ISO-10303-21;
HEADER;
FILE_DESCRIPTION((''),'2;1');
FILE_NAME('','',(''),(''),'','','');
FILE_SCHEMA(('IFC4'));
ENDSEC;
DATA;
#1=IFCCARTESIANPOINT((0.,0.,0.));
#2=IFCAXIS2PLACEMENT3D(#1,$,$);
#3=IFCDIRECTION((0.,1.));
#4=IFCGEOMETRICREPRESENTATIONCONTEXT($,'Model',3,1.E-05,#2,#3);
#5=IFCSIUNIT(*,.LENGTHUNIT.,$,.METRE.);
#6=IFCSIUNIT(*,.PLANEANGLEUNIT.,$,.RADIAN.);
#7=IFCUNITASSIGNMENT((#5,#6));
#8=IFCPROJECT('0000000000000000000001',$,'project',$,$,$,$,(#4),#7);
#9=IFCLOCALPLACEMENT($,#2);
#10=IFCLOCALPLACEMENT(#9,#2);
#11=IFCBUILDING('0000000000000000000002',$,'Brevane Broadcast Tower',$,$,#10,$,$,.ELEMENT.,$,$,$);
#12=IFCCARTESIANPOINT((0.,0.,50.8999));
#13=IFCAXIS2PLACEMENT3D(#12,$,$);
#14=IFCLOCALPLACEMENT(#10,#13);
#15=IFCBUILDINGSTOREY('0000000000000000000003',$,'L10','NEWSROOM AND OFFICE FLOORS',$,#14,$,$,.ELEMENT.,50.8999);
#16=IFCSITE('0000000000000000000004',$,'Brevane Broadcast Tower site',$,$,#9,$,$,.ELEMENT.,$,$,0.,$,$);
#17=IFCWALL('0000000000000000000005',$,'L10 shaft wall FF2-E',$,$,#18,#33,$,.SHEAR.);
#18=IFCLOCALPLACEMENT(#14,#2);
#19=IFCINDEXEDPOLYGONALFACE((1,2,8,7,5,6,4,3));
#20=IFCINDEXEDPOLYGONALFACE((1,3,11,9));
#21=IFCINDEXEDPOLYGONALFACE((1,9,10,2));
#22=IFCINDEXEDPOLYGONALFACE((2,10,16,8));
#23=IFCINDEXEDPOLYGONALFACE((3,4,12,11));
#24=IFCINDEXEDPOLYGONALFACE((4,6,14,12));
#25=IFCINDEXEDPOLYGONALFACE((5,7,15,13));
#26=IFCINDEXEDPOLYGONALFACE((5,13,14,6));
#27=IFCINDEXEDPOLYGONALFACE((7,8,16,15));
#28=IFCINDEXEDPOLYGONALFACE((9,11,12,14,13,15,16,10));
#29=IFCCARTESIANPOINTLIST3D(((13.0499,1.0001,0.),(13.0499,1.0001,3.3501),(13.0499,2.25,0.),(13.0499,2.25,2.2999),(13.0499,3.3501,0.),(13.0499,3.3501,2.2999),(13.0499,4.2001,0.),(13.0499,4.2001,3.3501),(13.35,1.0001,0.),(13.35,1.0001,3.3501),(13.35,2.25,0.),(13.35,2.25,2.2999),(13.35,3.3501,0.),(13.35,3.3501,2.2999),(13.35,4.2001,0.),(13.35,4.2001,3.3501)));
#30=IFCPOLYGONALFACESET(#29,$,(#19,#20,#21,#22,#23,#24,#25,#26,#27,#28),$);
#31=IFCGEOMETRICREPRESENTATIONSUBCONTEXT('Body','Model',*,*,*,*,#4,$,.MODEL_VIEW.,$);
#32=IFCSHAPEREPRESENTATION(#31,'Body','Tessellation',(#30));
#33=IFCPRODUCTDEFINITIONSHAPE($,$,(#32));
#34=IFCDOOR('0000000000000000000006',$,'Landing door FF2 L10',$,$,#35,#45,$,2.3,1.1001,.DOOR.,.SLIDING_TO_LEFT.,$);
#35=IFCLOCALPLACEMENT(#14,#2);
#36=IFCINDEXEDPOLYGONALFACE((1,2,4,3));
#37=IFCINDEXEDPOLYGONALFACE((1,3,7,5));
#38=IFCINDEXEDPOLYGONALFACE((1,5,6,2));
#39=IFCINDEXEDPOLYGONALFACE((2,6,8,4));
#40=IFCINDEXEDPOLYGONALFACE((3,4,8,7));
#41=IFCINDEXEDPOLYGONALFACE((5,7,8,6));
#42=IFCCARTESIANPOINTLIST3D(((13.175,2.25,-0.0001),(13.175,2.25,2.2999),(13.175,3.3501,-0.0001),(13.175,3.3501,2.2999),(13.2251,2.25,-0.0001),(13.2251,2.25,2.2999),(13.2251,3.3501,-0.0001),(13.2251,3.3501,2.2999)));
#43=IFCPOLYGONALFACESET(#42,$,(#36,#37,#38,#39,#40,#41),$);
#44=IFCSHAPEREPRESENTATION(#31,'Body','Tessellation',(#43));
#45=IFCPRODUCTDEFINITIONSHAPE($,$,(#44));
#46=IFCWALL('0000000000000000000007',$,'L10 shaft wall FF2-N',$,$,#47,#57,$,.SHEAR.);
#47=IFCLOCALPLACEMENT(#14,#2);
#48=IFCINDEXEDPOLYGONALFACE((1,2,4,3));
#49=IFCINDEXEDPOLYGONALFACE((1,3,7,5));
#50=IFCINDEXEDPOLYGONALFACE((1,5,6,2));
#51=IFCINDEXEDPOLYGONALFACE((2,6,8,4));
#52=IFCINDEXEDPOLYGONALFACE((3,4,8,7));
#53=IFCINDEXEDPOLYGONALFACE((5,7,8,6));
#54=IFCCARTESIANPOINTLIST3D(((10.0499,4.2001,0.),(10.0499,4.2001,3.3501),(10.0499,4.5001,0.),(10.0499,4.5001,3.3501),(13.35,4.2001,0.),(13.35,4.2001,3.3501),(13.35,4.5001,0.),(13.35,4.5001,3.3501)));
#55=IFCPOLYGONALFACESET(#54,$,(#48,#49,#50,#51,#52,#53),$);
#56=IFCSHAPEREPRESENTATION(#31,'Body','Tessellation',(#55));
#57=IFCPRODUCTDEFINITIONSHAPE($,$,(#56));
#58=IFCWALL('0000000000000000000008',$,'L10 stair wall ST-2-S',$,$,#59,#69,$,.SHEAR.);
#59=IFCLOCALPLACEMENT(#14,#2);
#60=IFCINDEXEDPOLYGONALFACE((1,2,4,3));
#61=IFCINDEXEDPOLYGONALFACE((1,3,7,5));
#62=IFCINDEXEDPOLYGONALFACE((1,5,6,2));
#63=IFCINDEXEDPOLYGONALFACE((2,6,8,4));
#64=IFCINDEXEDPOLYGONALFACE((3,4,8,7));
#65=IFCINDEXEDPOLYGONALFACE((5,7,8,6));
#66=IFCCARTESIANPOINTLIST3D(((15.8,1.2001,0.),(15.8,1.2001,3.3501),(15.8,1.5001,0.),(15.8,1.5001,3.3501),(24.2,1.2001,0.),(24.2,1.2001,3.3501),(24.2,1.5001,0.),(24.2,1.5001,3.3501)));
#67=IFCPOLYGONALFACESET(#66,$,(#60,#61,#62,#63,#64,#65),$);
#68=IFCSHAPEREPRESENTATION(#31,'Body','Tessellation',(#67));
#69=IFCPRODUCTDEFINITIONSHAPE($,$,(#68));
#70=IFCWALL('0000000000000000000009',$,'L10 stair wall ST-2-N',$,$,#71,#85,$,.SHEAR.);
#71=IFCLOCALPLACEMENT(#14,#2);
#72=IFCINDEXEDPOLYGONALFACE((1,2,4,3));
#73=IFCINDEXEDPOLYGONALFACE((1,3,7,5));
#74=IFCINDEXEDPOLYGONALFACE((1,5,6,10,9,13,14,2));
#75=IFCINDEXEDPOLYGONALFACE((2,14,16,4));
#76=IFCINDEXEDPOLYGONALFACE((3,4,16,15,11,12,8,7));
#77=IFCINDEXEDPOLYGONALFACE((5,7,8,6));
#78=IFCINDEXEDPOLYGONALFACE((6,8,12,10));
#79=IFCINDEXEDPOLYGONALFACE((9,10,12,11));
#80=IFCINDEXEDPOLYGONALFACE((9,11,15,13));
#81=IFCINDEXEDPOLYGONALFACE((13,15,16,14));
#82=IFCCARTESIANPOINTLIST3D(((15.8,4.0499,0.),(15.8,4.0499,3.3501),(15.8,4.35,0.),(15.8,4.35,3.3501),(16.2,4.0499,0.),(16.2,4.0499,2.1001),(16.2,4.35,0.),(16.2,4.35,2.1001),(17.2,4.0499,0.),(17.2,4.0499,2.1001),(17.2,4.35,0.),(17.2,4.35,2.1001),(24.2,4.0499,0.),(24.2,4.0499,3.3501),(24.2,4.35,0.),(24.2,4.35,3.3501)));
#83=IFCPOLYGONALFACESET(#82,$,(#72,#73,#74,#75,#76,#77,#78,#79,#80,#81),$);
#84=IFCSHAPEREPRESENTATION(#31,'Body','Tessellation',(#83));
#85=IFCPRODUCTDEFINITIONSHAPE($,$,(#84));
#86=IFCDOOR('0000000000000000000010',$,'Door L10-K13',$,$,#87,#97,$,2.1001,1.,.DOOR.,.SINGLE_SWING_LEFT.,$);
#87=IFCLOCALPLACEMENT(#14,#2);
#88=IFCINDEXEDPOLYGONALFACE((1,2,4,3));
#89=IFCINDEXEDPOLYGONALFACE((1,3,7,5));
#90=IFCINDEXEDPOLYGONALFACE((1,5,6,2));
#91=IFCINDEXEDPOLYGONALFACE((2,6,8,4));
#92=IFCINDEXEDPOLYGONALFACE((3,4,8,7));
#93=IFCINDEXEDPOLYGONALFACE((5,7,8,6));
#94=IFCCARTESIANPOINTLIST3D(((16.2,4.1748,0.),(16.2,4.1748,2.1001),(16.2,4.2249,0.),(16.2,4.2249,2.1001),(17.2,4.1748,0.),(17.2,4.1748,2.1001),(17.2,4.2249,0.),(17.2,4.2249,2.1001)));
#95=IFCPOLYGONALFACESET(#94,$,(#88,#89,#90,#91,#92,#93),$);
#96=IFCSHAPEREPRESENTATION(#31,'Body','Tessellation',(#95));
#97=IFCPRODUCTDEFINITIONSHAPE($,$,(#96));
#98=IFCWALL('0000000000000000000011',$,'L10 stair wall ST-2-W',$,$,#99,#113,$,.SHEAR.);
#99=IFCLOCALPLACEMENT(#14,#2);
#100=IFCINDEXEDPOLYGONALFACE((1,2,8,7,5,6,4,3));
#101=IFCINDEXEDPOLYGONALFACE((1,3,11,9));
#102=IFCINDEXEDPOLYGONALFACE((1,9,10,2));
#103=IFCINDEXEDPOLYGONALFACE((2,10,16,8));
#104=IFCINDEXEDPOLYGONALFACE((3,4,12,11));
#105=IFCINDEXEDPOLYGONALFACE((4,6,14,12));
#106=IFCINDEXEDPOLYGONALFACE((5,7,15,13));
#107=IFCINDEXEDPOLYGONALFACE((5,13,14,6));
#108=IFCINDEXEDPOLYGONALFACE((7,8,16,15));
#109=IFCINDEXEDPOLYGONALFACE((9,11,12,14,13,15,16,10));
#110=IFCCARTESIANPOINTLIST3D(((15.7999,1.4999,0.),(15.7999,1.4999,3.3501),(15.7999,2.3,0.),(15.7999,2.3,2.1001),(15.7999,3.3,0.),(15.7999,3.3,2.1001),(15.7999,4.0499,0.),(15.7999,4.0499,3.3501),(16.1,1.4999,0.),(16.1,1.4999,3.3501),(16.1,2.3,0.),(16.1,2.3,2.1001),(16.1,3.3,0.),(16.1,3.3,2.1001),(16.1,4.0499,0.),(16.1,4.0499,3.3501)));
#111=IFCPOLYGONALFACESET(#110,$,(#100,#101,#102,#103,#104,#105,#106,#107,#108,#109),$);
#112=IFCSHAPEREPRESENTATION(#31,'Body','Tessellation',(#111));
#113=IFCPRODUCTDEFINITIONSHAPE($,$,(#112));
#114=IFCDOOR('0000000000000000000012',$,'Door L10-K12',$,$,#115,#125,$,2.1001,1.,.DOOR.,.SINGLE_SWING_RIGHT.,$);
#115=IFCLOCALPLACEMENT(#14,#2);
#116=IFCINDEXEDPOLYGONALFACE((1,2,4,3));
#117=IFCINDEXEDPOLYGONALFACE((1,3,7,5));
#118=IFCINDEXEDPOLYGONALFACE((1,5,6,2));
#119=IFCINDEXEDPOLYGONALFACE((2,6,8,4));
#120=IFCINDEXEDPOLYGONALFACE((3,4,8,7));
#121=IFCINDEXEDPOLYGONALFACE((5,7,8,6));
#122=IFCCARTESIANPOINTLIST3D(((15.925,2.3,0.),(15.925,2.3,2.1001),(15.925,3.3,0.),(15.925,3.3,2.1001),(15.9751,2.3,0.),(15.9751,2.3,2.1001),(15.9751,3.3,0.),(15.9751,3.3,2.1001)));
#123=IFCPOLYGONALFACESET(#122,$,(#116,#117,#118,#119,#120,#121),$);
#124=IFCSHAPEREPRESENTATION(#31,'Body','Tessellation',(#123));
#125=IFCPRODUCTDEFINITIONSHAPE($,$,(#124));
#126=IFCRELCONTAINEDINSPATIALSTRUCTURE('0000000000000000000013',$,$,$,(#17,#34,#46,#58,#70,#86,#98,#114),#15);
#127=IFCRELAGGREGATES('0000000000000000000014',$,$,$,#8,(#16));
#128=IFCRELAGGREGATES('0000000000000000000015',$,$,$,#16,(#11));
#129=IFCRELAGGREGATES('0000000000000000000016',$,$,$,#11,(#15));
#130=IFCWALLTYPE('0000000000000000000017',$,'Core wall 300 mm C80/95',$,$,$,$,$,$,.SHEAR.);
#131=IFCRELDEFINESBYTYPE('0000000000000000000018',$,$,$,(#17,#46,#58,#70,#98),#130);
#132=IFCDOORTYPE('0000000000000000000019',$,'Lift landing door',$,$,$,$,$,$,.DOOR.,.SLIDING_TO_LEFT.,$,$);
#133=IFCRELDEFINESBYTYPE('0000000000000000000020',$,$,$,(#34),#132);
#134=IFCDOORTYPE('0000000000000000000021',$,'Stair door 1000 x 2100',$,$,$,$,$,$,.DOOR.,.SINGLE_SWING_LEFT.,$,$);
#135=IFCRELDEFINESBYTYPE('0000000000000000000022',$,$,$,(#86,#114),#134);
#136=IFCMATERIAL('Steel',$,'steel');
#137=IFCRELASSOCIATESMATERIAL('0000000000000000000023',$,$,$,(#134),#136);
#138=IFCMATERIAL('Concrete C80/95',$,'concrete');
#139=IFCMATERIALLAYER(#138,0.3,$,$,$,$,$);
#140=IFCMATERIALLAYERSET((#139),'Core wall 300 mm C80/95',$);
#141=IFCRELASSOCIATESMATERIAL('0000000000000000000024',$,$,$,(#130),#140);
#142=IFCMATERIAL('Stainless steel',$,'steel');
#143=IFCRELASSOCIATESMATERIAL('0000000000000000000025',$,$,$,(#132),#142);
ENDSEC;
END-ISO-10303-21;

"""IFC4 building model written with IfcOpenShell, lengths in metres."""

from ifc_helpers import new_model, si_unit, direction, frame, frame_2d, origin, place, context, subcontext, project, spatial, rectangle, extrude, material, layer, layer_set, type_object, element, fill, save


model = new_model("IFC4")

# Units and contexts
model_context = context("Model", 3, precision=1e-05, world=origin(), true_north=direction((0.0, 1.0)))
body_context = subcontext(model_context, "Body", "Model", "MODEL_VIEW")
ifc_project = project(units=[si_unit("LENGTHUNIT", "METRE"), si_unit("PLANEANGLEUNIT", "RADIAN")], contexts=[model_context])

# Site, building, storey
site_placement = place(None, origin())
site = spatial("IfcSite", under=ifc_project, at=site_placement, Name="Brevane Broadcast Tower site", CompositionType="ELEMENT", RefElevation=0.0)
building_placement = place(site_placement, origin())
building = spatial("IfcBuilding", under=site, at=building_placement, Name="Brevane Broadcast Tower", CompositionType="ELEMENT")
storey_placement = place(building_placement, frame((0.0, 0.0, 50.8999)))
storey = spatial("IfcBuildingStorey", under=building, at=storey_placement, Name="L10", Description="NEWSROOM AND OFFICE FLOORS", CompositionType="ELEMENT", Elevation=50.8999)

# Shared definitions
ifc_material_1 = material(Name="Steel", Category="steel")
door_type_1 = type_object("IfcDoorType", Name="Stair door 1000 x 2100", OperationType="SINGLE_SWING_LEFT", PredefinedType="DOOR", material=ifc_material_1)

# Shared definitions
ifc_material_2 = material(Name="Concrete C80/95", Category="concrete")
ifc_layer_1 = layer(ifc_material_2, 0.3)
ifc_layer_set_1 = layer_set([ifc_layer_1], Name="Core wall 300 mm C80/95")
wall_type_1 = type_object("IfcWallType", Name="Core wall 300 mm C80/95", PredefinedType="SHEAR", material=ifc_layer_set_1)

# Wall, opening, door
wall_1_placement = place(storey_placement, frame((13.2, 1.0, 0.0), z_axis=(0.0, 0.0, 1.0), x_axis=(0.0, 1.0, 0.0)))
wall_1 = element("IfcWall", 1, at=wall_1_placement, inside=storey, type_object=wall_type_1, Name="L10 shaft wall FF2-E", PredefinedType="SHEAR", context=body_context, shape_type="SweptSolid", body=[
    extrude(rectangle(XDim=3.2, YDim=0.3, at=frame_2d((1.6001, 0.0))), origin(), (0.0, 0.0, 1.0), 3.3501),
])
opening_1_placement = place(wall_1_placement, frame((1.25, 0.0, 0.0)))
opening_1 = element("IfcOpeningElement", 2, at=opening_1_placement, cuts=wall_1, PredefinedType="OPENING", context=body_context, shape_type="SweptSolid", body=[
    extrude(rectangle(XDim=1.1001, YDim=2.3, at=frame_2d((0.55, 1.1499))), frame((0.0, 0.1599, 0.0), z_axis=(0.0, -1.0, 0.0), x_axis=(1.0, 0.0, 0.0)), (0.0, 0.0, 1.0), 0.3201),
])
ifc_material_3 = material(Name="Stainless steel", Category="steel")
door_type_2 = type_object("IfcDoorType", Name="Lift landing door", OperationType="SLIDING_TO_LEFT", PredefinedType="DOOR", material=ifc_material_3)
door_1_placement = place(opening_1_placement, origin())
door_1 = element("IfcDoor", 3, at=door_1_placement, inside=storey, type_object=door_type_2, Name="Landing door FF2 L10", OperationType="SLIDING_TO_LEFT", OverallHeight=2.3, OverallWidth=1.1001, PredefinedType="DOOR", context=body_context, shape_type="SweptSolid", body=[
    extrude(rectangle(XDim=1.1001, YDim=2.3, at=frame_2d((0.55, 1.1499))), frame((0.0, 0.0249, 0.0), z_axis=(0.0, -1.0, 0.0), x_axis=(1.0, 0.0, 0.0)), (0.0, 0.0, 1.0), 0.05),
])
fill(opening_1, door_1)

# Walls
wall_2_placement = place(storey_placement, frame((10.05, 4.3501, 0.0), z_axis=(0.0, 0.0, 1.0), x_axis=(1.0, 0.0, 0.0)))
element("IfcWall", 4, at=wall_2_placement, inside=storey, type_object=wall_type_1, Name="L10 shaft wall FF2-N", PredefinedType="SHEAR", context=body_context, shape_type="SweptSolid", body=[
    extrude(rectangle(XDim=3.3, YDim=0.3, at=frame_2d((1.6499, 0.0))), origin(), (0.0, 0.0, 1.0), 3.3501),
])
wall_3_placement = place(storey_placement, frame((15.8, 1.3501, 0.0), z_axis=(0.0, 0.0, 1.0), x_axis=(1.0, 0.0, 0.0)))
element("IfcWall", 5, at=wall_3_placement, inside=storey, type_object=wall_type_1, Name="L10 stair wall ST-2-S", PredefinedType="SHEAR", context=body_context, shape_type="SweptSolid", body=[
    extrude(rectangle(XDim=8.3999, YDim=0.3, at=frame_2d((4.2, 0.0))), origin(), (0.0, 0.0, 1.0), 3.3501),
])

# Walls, openings, doors
wall_4_placement = place(storey_placement, frame((15.8, 4.2, 0.0), z_axis=(0.0, 0.0, 1.0), x_axis=(1.0, 0.0, 0.0)))
wall_4 = element("IfcWall", 6, at=wall_4_placement, inside=storey, type_object=wall_type_1, Name="L10 stair wall ST-2-N", PredefinedType="SHEAR", context=body_context, shape_type="SweptSolid", body=[
    extrude(rectangle(XDim=8.3999, YDim=0.3, at=frame_2d((4.2, 0.0))), origin(), (0.0, 0.0, 1.0), 3.3501),
])
opening_2_placement = place(wall_4_placement, frame((0.3999, 0.0, 0.0)))
opening_2 = element("IfcOpeningElement", 7, at=opening_2_placement, cuts=wall_4, PredefinedType="OPENING", context=body_context, shape_type="SweptSolid", body=[
    extrude(rectangle(XDim=1.0, YDim=2.1001, at=frame_2d((0.5, 1.05))), frame((0.0, 0.1599, 0.0), z_axis=(0.0, -1.0, 0.0), x_axis=(1.0, 0.0, 0.0)), (0.0, 0.0, 1.0), 0.3201),
])
door_2_placement = place(opening_2_placement, origin())
door_2 = element("IfcDoor", 8, at=door_2_placement, inside=storey, type_object=door_type_1, Name="Door L10-K13", OperationType="SINGLE_SWING_LEFT", OverallHeight=2.1001, OverallWidth=1.0, PredefinedType="DOOR", context=body_context, shape_type="SweptSolid", body=[
    extrude(rectangle(XDim=1.0, YDim=2.1001, at=frame_2d((0.5, 1.05))), frame((0.0, 0.0249, 0.0), z_axis=(0.0, -1.0, 0.0), x_axis=(1.0, 0.0, 0.0)), (0.0, 0.0, 1.0), 0.05),
])
fill(opening_2, door_2)
wall_5_placement = place(storey_placement, frame((15.95, 1.5, 0.0), z_axis=(0.0, 0.0, 1.0), x_axis=(0.0, 1.0, 0.0)))
wall_5 = element("IfcWall", 9, at=wall_5_placement, inside=storey, type_object=wall_type_1, Name="L10 stair wall ST-2-W", PredefinedType="SHEAR", context=body_context, shape_type="SweptSolid", body=[
    extrude(rectangle(XDim=2.55, YDim=0.3, at=frame_2d((1.2749, 0.0))), origin(), (0.0, 0.0, 1.0), 3.3501),
])
opening_3_placement = place(wall_5_placement, frame((0.8, 0.0, 0.0)))
opening_3 = element("IfcOpeningElement", 10, at=opening_3_placement, cuts=wall_5, PredefinedType="OPENING", context=body_context, shape_type="SweptSolid", body=[
    extrude(rectangle(XDim=1.0, YDim=2.1001, at=frame_2d((0.5, 1.05))), frame((0.0, 0.1599, 0.0), z_axis=(0.0, -1.0, 0.0), x_axis=(1.0, 0.0, 0.0)), (0.0, 0.0, 1.0), 0.3201),
])
door_3_placement = place(opening_3_placement, origin())
door_3 = element("IfcDoor", 11, at=door_3_placement, inside=storey, type_object=door_type_1, Name="Door L10-K12", OperationType="SINGLE_SWING_RIGHT", OverallHeight=2.1001, OverallWidth=1.0, PredefinedType="DOOR", context=body_context, shape_type="SweptSolid", body=[
    extrude(rectangle(XDim=1.0, YDim=2.1001, at=frame_2d((0.5, 1.05))), frame((0.0, 0.0249, 0.0), z_axis=(0.0, -1.0, 0.0), x_axis=(1.0, 0.0, 0.0)), (0.0, 0.0, 1.0), 0.05),
])
fill(opening_3, door_3)

save(model, "model.ifc")
